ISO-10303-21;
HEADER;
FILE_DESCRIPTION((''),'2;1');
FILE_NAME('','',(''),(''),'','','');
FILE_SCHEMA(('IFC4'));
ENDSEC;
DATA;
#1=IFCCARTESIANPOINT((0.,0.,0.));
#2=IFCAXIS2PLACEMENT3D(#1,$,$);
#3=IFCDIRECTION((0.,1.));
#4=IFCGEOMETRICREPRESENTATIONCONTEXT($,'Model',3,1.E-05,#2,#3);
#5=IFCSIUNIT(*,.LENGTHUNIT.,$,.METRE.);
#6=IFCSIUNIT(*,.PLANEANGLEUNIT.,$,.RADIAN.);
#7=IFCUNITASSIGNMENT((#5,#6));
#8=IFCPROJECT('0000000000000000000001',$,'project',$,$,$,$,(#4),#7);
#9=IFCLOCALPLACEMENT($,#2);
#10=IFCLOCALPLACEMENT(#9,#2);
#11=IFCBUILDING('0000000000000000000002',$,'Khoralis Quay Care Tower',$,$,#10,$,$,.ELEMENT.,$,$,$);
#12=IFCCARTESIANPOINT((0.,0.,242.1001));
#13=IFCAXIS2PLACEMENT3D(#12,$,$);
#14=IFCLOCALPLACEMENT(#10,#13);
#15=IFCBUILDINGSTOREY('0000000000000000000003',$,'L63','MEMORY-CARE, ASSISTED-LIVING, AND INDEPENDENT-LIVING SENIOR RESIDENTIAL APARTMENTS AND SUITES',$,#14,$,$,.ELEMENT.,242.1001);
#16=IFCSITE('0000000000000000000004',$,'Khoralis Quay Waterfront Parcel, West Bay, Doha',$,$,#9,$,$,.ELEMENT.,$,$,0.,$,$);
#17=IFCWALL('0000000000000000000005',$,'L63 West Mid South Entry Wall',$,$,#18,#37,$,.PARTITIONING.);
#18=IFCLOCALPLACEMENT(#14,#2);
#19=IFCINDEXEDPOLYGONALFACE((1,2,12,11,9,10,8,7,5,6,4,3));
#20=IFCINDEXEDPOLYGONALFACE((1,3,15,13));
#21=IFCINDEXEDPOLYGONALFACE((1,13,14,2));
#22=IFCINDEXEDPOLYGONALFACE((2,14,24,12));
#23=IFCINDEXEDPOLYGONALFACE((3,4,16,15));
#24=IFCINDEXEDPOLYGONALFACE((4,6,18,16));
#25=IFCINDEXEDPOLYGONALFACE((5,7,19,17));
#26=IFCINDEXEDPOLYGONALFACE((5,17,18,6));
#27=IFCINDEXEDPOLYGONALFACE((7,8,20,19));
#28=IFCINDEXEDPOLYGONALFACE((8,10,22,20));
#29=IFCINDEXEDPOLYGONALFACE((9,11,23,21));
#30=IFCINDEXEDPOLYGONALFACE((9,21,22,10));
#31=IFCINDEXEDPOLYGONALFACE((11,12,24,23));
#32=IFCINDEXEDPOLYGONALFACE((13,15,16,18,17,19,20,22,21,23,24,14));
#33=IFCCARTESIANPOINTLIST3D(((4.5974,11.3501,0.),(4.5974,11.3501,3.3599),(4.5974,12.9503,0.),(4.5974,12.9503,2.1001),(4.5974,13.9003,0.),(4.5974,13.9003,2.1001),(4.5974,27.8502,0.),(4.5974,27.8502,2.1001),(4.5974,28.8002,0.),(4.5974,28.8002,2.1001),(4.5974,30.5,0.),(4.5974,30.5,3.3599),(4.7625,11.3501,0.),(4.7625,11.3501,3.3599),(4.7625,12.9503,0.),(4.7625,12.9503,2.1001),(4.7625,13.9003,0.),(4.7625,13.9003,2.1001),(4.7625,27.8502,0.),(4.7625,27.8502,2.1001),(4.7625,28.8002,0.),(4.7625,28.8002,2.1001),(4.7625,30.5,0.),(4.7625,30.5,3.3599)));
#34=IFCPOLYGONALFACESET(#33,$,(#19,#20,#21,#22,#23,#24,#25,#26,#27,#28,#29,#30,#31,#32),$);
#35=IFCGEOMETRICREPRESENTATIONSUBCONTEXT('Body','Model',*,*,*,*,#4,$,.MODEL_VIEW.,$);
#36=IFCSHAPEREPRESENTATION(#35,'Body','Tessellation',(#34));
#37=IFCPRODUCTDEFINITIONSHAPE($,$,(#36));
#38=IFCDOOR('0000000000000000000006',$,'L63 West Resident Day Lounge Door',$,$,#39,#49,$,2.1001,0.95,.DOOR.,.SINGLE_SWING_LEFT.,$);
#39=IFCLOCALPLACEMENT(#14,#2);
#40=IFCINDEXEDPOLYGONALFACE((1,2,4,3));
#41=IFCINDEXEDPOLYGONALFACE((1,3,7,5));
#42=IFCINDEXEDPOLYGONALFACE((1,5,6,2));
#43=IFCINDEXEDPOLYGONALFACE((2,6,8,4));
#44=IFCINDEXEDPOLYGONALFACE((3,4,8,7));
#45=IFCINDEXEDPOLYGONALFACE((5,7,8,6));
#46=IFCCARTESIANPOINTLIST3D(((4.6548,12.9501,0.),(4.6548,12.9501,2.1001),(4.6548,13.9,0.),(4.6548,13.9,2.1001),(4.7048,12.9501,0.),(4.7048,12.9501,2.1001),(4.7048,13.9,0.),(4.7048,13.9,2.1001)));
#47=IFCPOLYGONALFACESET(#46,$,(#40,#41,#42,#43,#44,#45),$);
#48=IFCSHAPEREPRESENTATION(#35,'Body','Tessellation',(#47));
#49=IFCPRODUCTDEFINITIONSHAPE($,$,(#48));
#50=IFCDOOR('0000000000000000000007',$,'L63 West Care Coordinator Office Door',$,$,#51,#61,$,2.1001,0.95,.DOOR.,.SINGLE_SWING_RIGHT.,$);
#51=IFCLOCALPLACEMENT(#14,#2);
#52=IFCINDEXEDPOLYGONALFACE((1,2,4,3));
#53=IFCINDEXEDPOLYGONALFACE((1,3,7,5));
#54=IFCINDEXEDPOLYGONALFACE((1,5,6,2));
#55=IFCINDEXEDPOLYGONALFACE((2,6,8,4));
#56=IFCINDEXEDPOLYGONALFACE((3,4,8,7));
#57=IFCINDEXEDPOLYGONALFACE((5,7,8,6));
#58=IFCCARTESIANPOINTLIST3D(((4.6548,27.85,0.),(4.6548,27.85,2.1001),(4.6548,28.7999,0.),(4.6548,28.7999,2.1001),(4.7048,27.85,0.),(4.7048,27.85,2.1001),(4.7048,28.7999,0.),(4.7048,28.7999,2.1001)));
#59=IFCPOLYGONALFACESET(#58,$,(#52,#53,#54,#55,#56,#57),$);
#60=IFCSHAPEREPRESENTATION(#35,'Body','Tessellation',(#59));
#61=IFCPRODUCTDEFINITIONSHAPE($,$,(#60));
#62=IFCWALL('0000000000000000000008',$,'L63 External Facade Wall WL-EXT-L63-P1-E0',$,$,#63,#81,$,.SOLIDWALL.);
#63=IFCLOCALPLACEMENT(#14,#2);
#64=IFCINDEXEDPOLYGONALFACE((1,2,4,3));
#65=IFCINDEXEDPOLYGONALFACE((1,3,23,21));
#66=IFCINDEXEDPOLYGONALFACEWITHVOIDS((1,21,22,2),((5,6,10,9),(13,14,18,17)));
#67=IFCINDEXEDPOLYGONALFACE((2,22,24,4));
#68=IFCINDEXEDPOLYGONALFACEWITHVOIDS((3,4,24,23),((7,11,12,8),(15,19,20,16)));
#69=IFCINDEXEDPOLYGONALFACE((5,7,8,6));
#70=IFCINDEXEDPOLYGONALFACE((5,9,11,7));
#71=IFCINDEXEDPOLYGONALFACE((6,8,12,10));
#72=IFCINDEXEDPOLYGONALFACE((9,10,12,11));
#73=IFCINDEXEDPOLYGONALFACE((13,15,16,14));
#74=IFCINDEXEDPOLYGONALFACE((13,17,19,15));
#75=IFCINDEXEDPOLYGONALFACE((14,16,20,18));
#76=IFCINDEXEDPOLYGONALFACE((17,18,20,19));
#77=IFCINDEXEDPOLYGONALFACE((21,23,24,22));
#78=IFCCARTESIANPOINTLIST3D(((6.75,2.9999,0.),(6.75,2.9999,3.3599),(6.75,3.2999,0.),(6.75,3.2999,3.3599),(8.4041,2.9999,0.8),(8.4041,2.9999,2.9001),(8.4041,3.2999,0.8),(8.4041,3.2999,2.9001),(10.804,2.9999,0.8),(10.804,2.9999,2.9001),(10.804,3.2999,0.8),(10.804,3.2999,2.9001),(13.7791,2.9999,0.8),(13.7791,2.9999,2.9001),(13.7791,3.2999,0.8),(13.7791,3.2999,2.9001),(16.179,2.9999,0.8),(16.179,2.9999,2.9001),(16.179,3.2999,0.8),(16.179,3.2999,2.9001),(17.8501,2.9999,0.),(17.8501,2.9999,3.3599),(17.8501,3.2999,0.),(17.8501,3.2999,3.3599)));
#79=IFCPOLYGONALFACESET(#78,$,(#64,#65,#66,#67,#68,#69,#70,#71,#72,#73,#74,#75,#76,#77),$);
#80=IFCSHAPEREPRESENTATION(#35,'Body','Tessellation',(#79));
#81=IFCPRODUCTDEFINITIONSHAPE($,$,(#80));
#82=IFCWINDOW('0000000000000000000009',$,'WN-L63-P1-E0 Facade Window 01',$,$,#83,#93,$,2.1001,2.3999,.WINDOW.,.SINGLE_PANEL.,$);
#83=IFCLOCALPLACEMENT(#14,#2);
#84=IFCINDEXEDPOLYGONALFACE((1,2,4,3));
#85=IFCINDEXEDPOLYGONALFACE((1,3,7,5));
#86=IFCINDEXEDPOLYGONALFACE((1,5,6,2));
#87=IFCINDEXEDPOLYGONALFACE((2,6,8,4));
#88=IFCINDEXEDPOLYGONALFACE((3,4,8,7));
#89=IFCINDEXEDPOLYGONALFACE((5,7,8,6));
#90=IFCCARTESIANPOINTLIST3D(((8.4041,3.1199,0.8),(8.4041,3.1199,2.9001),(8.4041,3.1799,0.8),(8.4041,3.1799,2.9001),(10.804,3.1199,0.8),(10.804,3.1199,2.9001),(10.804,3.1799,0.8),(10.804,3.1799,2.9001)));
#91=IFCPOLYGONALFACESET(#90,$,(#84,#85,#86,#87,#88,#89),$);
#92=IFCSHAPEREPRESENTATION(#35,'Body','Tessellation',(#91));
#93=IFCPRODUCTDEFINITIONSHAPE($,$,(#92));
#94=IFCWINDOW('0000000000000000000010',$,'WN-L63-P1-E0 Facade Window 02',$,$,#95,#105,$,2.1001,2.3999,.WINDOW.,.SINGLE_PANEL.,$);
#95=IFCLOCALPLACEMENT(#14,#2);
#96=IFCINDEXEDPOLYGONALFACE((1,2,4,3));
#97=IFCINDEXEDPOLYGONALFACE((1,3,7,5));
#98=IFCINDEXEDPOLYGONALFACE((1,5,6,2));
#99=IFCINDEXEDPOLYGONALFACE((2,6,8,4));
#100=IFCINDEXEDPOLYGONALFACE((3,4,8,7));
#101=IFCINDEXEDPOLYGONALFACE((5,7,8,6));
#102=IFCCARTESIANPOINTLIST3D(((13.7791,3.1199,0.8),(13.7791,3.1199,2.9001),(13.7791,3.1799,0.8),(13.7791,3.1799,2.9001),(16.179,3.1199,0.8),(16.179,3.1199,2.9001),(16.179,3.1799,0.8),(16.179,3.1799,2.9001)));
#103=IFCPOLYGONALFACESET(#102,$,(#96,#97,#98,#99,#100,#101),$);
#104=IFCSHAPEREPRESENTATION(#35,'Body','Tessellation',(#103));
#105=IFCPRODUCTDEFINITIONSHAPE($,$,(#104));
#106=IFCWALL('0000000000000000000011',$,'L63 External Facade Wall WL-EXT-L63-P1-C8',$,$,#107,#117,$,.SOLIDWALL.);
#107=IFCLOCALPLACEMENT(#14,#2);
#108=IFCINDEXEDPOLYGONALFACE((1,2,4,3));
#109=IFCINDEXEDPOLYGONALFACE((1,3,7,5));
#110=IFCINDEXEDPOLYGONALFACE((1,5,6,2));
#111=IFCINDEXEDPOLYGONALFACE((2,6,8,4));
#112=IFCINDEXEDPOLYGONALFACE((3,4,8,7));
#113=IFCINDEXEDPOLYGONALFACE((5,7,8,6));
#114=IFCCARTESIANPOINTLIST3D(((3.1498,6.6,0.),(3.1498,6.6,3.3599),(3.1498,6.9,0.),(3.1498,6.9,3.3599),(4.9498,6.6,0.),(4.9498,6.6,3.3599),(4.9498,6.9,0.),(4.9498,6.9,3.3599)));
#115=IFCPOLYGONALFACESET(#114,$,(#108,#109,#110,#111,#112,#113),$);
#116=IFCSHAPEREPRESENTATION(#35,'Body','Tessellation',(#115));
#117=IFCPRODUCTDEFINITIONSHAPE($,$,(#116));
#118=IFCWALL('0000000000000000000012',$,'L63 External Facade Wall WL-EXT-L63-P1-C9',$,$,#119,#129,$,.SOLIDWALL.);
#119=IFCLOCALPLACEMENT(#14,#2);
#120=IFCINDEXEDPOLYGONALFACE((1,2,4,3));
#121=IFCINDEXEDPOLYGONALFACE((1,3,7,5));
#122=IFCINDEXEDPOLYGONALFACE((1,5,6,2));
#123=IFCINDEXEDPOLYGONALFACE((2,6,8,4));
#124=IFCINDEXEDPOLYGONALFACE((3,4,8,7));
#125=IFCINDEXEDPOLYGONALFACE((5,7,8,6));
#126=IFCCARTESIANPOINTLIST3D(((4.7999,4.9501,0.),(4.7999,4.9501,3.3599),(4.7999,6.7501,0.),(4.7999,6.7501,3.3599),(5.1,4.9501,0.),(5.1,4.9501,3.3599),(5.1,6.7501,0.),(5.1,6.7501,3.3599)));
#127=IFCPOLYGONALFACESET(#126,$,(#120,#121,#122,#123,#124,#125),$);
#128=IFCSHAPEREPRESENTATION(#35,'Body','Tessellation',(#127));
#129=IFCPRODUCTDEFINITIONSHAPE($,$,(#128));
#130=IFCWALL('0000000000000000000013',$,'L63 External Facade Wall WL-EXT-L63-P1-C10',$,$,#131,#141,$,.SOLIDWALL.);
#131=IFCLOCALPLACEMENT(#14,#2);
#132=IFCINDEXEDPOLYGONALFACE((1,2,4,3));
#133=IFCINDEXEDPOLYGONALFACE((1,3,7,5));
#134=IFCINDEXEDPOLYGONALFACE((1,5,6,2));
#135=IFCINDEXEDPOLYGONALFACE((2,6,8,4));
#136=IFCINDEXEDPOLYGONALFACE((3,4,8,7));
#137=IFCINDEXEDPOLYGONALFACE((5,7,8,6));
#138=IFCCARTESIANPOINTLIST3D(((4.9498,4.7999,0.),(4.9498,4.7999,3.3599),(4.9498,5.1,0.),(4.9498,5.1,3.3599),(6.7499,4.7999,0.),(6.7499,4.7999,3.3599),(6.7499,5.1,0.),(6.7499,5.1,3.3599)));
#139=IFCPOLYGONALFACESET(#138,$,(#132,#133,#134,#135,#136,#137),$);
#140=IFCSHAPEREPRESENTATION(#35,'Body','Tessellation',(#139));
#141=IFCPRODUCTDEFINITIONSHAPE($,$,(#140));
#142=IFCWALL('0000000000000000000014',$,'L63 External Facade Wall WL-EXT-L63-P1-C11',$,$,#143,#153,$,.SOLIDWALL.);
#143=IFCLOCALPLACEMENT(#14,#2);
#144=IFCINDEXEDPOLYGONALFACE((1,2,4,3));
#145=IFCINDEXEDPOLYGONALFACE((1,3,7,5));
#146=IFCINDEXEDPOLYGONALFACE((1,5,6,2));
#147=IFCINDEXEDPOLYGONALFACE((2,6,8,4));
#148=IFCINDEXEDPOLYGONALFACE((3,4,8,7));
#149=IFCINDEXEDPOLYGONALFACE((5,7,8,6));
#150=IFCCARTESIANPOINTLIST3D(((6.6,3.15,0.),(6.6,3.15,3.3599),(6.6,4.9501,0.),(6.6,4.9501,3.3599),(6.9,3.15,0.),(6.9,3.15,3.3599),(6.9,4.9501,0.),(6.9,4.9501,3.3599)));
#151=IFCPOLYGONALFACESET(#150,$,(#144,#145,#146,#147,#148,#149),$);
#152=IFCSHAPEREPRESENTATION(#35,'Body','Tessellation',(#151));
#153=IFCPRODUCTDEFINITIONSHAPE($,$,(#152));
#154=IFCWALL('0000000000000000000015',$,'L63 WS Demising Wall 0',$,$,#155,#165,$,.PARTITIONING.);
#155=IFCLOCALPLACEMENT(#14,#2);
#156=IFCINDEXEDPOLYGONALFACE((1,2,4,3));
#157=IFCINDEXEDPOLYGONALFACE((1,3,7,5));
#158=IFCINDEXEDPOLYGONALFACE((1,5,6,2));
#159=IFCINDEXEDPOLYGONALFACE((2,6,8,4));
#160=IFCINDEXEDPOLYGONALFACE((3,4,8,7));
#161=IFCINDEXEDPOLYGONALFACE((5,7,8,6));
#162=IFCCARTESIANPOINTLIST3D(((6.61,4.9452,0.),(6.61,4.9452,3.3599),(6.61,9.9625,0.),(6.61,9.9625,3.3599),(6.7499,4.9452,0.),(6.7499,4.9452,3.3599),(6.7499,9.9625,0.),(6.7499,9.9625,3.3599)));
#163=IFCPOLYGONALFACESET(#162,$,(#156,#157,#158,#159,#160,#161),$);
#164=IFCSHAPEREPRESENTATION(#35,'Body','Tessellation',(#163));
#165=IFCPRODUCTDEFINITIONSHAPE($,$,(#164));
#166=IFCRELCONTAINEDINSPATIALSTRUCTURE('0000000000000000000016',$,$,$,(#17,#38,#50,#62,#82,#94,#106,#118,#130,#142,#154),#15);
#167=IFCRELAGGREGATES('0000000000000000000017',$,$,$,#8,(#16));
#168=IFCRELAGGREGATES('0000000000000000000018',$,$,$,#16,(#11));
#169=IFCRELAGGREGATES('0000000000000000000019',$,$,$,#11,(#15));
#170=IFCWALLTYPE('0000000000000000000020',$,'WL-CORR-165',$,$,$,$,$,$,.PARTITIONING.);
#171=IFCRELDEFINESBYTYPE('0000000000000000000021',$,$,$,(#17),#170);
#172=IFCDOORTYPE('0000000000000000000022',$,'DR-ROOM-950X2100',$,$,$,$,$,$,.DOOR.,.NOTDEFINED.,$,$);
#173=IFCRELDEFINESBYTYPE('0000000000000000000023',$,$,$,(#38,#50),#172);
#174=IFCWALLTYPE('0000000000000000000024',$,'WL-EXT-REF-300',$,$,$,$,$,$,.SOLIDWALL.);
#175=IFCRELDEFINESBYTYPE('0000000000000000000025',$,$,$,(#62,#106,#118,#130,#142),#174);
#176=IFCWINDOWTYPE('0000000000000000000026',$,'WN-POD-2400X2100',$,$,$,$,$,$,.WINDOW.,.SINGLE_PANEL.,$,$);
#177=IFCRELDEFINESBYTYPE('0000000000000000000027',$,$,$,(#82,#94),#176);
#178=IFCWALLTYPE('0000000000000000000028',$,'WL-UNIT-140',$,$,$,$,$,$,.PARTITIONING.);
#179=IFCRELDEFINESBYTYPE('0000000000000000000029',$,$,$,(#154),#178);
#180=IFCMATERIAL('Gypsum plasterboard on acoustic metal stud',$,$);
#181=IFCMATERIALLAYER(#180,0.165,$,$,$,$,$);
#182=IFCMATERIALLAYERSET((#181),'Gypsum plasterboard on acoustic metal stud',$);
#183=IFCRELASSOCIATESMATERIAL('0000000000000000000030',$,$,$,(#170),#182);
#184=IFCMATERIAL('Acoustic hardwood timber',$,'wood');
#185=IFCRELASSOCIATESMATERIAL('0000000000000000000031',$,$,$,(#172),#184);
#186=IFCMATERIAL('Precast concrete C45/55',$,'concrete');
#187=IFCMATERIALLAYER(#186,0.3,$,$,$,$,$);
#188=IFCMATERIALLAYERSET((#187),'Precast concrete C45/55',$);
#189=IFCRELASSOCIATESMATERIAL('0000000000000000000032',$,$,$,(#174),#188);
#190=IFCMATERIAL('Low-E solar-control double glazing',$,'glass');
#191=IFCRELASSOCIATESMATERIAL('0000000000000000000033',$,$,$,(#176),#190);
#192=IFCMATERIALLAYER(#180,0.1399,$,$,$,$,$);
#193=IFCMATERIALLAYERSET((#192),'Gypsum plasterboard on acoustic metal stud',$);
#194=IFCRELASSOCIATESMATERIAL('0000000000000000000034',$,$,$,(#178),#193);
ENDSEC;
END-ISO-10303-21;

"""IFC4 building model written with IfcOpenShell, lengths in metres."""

from ifc_helpers import new_model, si_unit, direction, frame, frame_2d, origin, place, context, subcontext, project, spatial, rectangle, extrude, source, transform, mapped, material, layer, layer_set, type_object, element, fill, save


model = new_model("IFC4")

# Units and contexts
model_context = context("Model", 3, precision=1e-05, world=origin(), true_north=direction((0.0, 1.0)))
body_context = subcontext(model_context, "Body", "Model", "MODEL_VIEW")
ifc_project = project(units=[si_unit("LENGTHUNIT", "METRE"), si_unit("PLANEANGLEUNIT", "RADIAN")], contexts=[model_context])

# Site, building, storey
site_placement = place(None, origin())
site = spatial("IfcSite", under=ifc_project, at=site_placement, Name="Khoralis Quay Waterfront Parcel, West Bay, Doha", CompositionType="ELEMENT", RefElevation=0.0)
building_placement = place(site_placement, origin())
building = spatial("IfcBuilding", under=site, at=building_placement, Name="Khoralis Quay Care Tower", CompositionType="ELEMENT")
storey_placement = place(building_placement, frame((0.0, 0.0, 242.1001)))
storey = spatial("IfcBuildingStorey", under=building, at=storey_placement, Name="L63", Description="MEMORY-CARE, ASSISTED-LIVING, AND INDEPENDENT-LIVING SENIOR RESIDENTIAL APARTMENTS AND SUITES", CompositionType="ELEMENT", Elevation=242.1001)

# Shared definitions
ifc_material_1 = material(Name="Precast concrete C45/55", Category="concrete")

# Shared definitions
ifc_material_2 = material(Name="Gypsum plasterboard on acoustic metal stud")

# Wall, openings, doors
ifc_layer_1 = layer(ifc_material_2, 0.165)
ifc_layer_set_1 = layer_set([ifc_layer_1], Name="Gypsum plasterboard on acoustic metal stud")
wall_type_1 = type_object("IfcWallType", Name="WL-CORR-165", PredefinedType="PARTITIONING", material=ifc_layer_set_1)
ifc_material_3 = material(Name="Acoustic hardwood timber", Category="wood")
door_type_1 = type_object("IfcDoorType", Name="DR-ROOM-950X2100", OperationType="NOTDEFINED", PredefinedType="DOOR", material=ifc_material_3)
shared_shape_1 = source(origin(), body_context, "Body", "SweptSolid", [
    extrude(rectangle(XDim=0.95, YDim=2.1001, at=frame_2d((0.4751, 1.05))), frame((0.0, 0.0249, 0.0), z_axis=(0.0, -1.0, 0.0), x_axis=(1.0, 0.0, 0.0)), (0.0, 0.0, 1.0), 0.05),
])
wall_1_placement = place(storey_placement, frame((4.6799, 11.3501, 0.0), z_axis=(0.0, 0.0, 1.0), x_axis=(0.0, 1.0, 0.0)))
wall_1 = element("IfcWall", 1, at=wall_1_placement, inside=storey, type_object=wall_type_1, Name="L63 West Mid South Entry Wall", PredefinedType="PARTITIONING", context=body_context, shape_type="SweptSolid", body=[
    extrude(rectangle(XDim=19.1499, YDim=0.165, at=frame_2d((9.575, 0.0))), origin(), (0.0, 0.0, 1.0), 3.3599),
])
opening_1_placement = place(wall_1_placement, frame((1.6001, 0.0, 0.0)))
opening_1 = element("IfcOpeningElement", 2, at=opening_1_placement, cuts=wall_1, PredefinedType="OPENING", context=body_context, shape_type="SweptSolid", body=[
    extrude(rectangle(XDim=0.95, YDim=2.1001, at=frame_2d((0.4751, 1.05))), frame((0.0, 0.0925, 0.0), z_axis=(0.0, -1.0, 0.0), x_axis=(1.0, 0.0, 0.0)), (0.0, 0.0, 1.0), 0.1851),
])
opening_2_placement = place(wall_1_placement, frame((16.5, 0.0, 0.0)))
opening_2 = element("IfcOpeningElement", 3, at=opening_2_placement, cuts=wall_1, PredefinedType="OPENING", context=body_context, shape_type="SweptSolid", body=[
    extrude(rectangle(XDim=0.95, YDim=2.1001, at=frame_2d((0.4751, 1.05))), frame((0.0, 0.0925, 0.0), z_axis=(0.0, -1.0, 0.0), x_axis=(1.0, 0.0, 0.0)), (0.0, 0.0, 1.0), 0.1851),
])
door_1_placement = place(opening_1_placement, frame((0.95, 0.0, 0.0), z_axis=(0.0, 0.0, 1.0), x_axis=(-1.0, 0.0, 0.0)))
door_1 = element("IfcDoor", 4, at=door_1_placement, inside=storey, type_object=door_type_1, Name="L63 West Resident Day Lounge Door", OperationType="SINGLE_SWING_LEFT", OverallHeight=2.1001, OverallWidth=0.95, PredefinedType="DOOR", context=body_context, shape_type="MappedRepresentation", body=[
    mapped(shared_shape_1, transform((0.0, 0.0, 0.0), scale=1.0)),
])
fill(opening_1, door_1)
door_2_placement = place(opening_2_placement, frame((0.95, 0.0, 0.0), z_axis=(0.0, 0.0, 1.0), x_axis=(-1.0, 0.0, 0.0)))
door_2 = element("IfcDoor", 5, at=door_2_placement, inside=storey, type_object=door_type_1, Name="L63 West Care Coordinator Office Door", OperationType="SINGLE_SWING_RIGHT", OverallHeight=2.1001, OverallWidth=0.95, PredefinedType="DOOR", context=body_context, shape_type="MappedRepresentation", body=[
    mapped(shared_shape_1, transform((0.0, 0.0, 0.0), scale=1.0)),
])
fill(opening_2, door_2)

# Wall, openings, windows
ifc_layer_2 = layer(ifc_material_1, 0.3)
ifc_layer_set_2 = layer_set([ifc_layer_2], Name="Precast concrete C45/55")
wall_type_2 = type_object("IfcWallType", Name="WL-EXT-REF-300", PredefinedType="SOLIDWALL", material=ifc_layer_set_2)
wall_2_placement = place(storey_placement, frame((6.75, 3.1499, 0.0), z_axis=(0.0, 0.0, 1.0), x_axis=(1.0, 0.0, 0.0)))
wall_2 = element("IfcWall", 6, at=wall_2_placement, inside=storey, type_object=wall_type_2, Name="L63 External Facade Wall WL-EXT-L63-P1-E0", PredefinedType="SOLIDWALL", context=body_context, shape_type="SweptSolid", body=[
    extrude(rectangle(XDim=11.1001, YDim=0.3, at=frame_2d((5.55, 0.0))), origin(), (0.0, 0.0, 1.0), 3.3599),
])
opening_3_placement = place(wall_2_placement, frame((1.6541, 0.0, 0.8)))
opening_3 = element("IfcOpeningElement", 7, at=opening_3_placement, cuts=wall_2, PredefinedType="OPENING", context=body_context, shape_type="SweptSolid", body=[
    extrude(rectangle(XDim=2.3999, YDim=2.1001, at=frame_2d((1.2, 1.05))), frame((0.0, 0.1602, 0.0), z_axis=(0.0, -1.0, 0.0), x_axis=(1.0, 0.0, 0.0)), (0.0, 0.0, 1.0), 0.3201),
])
opening_4_placement = place(wall_2_placement, frame((7.0291, 0.0, 0.8)))
opening_4 = element("IfcOpeningElement", 8, at=opening_4_placement, cuts=wall_2, PredefinedType="OPENING", context=body_context, shape_type="SweptSolid", body=[
    extrude(rectangle(XDim=2.3999, YDim=2.1001, at=frame_2d((1.2, 1.05))), frame((0.0, 0.1602, 0.0), z_axis=(0.0, -1.0, 0.0), x_axis=(1.0, 0.0, 0.0)), (0.0, 0.0, 1.0), 0.3201),
])
ifc_material_4 = material(Name="Low-E solar-control double glazing", Category="glass")
window_type = type_object("IfcWindowType", Name="WN-POD-2400X2100", PartitioningType="SINGLE_PANEL", PredefinedType="WINDOW", material=ifc_material_4)
shared_shape_2 = source(origin(), body_context, "Body", "SweptSolid", [
    extrude(rectangle(XDim=2.3999, YDim=2.1001, at=frame_2d((1.2, 1.05))), frame((0.0, 0.03, 0.0), z_axis=(0.0, -1.0, 0.0), x_axis=(1.0, 0.0, 0.0)), (0.0, 0.0, 1.0), 0.0601),
])
window_1_placement = place(opening_3_placement, origin())
window_1 = element("IfcWindow", 9, at=window_1_placement, inside=storey, type_object=window_type, Name="WN-L63-P1-E0 Facade Window 01", OverallHeight=2.1001, OverallWidth=2.3999, PartitioningType="SINGLE_PANEL", PredefinedType="WINDOW", context=body_context, shape_type="MappedRepresentation", body=[
    mapped(shared_shape_2, transform((0.0, 0.0, 0.0), scale=1.0)),
])
fill(opening_3, window_1)
window_2_placement = place(opening_4_placement, origin())
window_2 = element("IfcWindow", 10, at=window_2_placement, inside=storey, type_object=window_type, Name="WN-L63-P1-E0 Facade Window 02", OverallHeight=2.1001, OverallWidth=2.3999, PartitioningType="SINGLE_PANEL", PredefinedType="WINDOW", context=body_context, shape_type="MappedRepresentation", body=[
    mapped(shared_shape_2, transform((0.0, 0.0, 0.0), scale=1.0)),
])
fill(opening_4, window_2)

# Walls
for number, where, z_axis, x_axis, name in (
    (11, (3.1499, 6.75, 0.0), (0.0, 0.0, 1.0), (1.0, 0.0, 0.0), "L63 External Facade Wall WL-EXT-L63-P1-C8"),
    (12, (4.95, 6.75, 0.0), (0.0, 0.0, 1.0), (0.0, -1.0, 0.0), "L63 External Facade Wall WL-EXT-L63-P1-C9"),
    (13, (4.95, 4.95, 0.0), (0.0, 0.0, 1.0), (1.0, 0.0, 0.0), "L63 External Facade Wall WL-EXT-L63-P1-C10"),
    (14, (6.75, 4.95, 0.0), (0.0, 0.0, 1.0), (0.0, -1.0, 0.0), "L63 External Facade Wall WL-EXT-L63-P1-C11"),
):
    element("IfcWall", number, at=place(storey_placement, frame(where, z_axis=z_axis, x_axis=x_axis)), inside=storey, type_object=wall_type_2, Name=name, PredefinedType="SOLIDWALL", context=body_context, shape_type="SweptSolid", body=[
        extrude(rectangle(XDim=1.8, YDim=0.3, at=frame_2d((0.8999, 0.0))), origin(), (0.0, 0.0, 1.0), 3.3599),
    ])
ifc_layer_3 = layer(ifc_material_2, 0.1399)
ifc_layer_set_3 = layer_set([ifc_layer_3], Name="Gypsum plasterboard on acoustic metal stud")
wall_type_3 = type_object("IfcWallType", Name="WL-UNIT-140", PredefinedType="PARTITIONING", material=ifc_layer_set_3)
wall_3_placement = place(storey_placement, frame((6.6799, 4.9451, 0.0), z_axis=(0.0, 0.0, 1.0), x_axis=(0.0, 1.0, 0.0)))
element("IfcWall", 15, at=wall_3_placement, inside=storey, type_object=wall_type_3, Name="L63 WS Demising Wall 0", PredefinedType="PARTITIONING", context=body_context, shape_type="SweptSolid", body=[
    extrude(rectangle(XDim=5.0173, YDim=0.1399, at=frame_2d((2.5088, 0.0))), origin(), (0.0, 0.0, 1.0), 3.3599),
])

save(model, "model.ifc")
